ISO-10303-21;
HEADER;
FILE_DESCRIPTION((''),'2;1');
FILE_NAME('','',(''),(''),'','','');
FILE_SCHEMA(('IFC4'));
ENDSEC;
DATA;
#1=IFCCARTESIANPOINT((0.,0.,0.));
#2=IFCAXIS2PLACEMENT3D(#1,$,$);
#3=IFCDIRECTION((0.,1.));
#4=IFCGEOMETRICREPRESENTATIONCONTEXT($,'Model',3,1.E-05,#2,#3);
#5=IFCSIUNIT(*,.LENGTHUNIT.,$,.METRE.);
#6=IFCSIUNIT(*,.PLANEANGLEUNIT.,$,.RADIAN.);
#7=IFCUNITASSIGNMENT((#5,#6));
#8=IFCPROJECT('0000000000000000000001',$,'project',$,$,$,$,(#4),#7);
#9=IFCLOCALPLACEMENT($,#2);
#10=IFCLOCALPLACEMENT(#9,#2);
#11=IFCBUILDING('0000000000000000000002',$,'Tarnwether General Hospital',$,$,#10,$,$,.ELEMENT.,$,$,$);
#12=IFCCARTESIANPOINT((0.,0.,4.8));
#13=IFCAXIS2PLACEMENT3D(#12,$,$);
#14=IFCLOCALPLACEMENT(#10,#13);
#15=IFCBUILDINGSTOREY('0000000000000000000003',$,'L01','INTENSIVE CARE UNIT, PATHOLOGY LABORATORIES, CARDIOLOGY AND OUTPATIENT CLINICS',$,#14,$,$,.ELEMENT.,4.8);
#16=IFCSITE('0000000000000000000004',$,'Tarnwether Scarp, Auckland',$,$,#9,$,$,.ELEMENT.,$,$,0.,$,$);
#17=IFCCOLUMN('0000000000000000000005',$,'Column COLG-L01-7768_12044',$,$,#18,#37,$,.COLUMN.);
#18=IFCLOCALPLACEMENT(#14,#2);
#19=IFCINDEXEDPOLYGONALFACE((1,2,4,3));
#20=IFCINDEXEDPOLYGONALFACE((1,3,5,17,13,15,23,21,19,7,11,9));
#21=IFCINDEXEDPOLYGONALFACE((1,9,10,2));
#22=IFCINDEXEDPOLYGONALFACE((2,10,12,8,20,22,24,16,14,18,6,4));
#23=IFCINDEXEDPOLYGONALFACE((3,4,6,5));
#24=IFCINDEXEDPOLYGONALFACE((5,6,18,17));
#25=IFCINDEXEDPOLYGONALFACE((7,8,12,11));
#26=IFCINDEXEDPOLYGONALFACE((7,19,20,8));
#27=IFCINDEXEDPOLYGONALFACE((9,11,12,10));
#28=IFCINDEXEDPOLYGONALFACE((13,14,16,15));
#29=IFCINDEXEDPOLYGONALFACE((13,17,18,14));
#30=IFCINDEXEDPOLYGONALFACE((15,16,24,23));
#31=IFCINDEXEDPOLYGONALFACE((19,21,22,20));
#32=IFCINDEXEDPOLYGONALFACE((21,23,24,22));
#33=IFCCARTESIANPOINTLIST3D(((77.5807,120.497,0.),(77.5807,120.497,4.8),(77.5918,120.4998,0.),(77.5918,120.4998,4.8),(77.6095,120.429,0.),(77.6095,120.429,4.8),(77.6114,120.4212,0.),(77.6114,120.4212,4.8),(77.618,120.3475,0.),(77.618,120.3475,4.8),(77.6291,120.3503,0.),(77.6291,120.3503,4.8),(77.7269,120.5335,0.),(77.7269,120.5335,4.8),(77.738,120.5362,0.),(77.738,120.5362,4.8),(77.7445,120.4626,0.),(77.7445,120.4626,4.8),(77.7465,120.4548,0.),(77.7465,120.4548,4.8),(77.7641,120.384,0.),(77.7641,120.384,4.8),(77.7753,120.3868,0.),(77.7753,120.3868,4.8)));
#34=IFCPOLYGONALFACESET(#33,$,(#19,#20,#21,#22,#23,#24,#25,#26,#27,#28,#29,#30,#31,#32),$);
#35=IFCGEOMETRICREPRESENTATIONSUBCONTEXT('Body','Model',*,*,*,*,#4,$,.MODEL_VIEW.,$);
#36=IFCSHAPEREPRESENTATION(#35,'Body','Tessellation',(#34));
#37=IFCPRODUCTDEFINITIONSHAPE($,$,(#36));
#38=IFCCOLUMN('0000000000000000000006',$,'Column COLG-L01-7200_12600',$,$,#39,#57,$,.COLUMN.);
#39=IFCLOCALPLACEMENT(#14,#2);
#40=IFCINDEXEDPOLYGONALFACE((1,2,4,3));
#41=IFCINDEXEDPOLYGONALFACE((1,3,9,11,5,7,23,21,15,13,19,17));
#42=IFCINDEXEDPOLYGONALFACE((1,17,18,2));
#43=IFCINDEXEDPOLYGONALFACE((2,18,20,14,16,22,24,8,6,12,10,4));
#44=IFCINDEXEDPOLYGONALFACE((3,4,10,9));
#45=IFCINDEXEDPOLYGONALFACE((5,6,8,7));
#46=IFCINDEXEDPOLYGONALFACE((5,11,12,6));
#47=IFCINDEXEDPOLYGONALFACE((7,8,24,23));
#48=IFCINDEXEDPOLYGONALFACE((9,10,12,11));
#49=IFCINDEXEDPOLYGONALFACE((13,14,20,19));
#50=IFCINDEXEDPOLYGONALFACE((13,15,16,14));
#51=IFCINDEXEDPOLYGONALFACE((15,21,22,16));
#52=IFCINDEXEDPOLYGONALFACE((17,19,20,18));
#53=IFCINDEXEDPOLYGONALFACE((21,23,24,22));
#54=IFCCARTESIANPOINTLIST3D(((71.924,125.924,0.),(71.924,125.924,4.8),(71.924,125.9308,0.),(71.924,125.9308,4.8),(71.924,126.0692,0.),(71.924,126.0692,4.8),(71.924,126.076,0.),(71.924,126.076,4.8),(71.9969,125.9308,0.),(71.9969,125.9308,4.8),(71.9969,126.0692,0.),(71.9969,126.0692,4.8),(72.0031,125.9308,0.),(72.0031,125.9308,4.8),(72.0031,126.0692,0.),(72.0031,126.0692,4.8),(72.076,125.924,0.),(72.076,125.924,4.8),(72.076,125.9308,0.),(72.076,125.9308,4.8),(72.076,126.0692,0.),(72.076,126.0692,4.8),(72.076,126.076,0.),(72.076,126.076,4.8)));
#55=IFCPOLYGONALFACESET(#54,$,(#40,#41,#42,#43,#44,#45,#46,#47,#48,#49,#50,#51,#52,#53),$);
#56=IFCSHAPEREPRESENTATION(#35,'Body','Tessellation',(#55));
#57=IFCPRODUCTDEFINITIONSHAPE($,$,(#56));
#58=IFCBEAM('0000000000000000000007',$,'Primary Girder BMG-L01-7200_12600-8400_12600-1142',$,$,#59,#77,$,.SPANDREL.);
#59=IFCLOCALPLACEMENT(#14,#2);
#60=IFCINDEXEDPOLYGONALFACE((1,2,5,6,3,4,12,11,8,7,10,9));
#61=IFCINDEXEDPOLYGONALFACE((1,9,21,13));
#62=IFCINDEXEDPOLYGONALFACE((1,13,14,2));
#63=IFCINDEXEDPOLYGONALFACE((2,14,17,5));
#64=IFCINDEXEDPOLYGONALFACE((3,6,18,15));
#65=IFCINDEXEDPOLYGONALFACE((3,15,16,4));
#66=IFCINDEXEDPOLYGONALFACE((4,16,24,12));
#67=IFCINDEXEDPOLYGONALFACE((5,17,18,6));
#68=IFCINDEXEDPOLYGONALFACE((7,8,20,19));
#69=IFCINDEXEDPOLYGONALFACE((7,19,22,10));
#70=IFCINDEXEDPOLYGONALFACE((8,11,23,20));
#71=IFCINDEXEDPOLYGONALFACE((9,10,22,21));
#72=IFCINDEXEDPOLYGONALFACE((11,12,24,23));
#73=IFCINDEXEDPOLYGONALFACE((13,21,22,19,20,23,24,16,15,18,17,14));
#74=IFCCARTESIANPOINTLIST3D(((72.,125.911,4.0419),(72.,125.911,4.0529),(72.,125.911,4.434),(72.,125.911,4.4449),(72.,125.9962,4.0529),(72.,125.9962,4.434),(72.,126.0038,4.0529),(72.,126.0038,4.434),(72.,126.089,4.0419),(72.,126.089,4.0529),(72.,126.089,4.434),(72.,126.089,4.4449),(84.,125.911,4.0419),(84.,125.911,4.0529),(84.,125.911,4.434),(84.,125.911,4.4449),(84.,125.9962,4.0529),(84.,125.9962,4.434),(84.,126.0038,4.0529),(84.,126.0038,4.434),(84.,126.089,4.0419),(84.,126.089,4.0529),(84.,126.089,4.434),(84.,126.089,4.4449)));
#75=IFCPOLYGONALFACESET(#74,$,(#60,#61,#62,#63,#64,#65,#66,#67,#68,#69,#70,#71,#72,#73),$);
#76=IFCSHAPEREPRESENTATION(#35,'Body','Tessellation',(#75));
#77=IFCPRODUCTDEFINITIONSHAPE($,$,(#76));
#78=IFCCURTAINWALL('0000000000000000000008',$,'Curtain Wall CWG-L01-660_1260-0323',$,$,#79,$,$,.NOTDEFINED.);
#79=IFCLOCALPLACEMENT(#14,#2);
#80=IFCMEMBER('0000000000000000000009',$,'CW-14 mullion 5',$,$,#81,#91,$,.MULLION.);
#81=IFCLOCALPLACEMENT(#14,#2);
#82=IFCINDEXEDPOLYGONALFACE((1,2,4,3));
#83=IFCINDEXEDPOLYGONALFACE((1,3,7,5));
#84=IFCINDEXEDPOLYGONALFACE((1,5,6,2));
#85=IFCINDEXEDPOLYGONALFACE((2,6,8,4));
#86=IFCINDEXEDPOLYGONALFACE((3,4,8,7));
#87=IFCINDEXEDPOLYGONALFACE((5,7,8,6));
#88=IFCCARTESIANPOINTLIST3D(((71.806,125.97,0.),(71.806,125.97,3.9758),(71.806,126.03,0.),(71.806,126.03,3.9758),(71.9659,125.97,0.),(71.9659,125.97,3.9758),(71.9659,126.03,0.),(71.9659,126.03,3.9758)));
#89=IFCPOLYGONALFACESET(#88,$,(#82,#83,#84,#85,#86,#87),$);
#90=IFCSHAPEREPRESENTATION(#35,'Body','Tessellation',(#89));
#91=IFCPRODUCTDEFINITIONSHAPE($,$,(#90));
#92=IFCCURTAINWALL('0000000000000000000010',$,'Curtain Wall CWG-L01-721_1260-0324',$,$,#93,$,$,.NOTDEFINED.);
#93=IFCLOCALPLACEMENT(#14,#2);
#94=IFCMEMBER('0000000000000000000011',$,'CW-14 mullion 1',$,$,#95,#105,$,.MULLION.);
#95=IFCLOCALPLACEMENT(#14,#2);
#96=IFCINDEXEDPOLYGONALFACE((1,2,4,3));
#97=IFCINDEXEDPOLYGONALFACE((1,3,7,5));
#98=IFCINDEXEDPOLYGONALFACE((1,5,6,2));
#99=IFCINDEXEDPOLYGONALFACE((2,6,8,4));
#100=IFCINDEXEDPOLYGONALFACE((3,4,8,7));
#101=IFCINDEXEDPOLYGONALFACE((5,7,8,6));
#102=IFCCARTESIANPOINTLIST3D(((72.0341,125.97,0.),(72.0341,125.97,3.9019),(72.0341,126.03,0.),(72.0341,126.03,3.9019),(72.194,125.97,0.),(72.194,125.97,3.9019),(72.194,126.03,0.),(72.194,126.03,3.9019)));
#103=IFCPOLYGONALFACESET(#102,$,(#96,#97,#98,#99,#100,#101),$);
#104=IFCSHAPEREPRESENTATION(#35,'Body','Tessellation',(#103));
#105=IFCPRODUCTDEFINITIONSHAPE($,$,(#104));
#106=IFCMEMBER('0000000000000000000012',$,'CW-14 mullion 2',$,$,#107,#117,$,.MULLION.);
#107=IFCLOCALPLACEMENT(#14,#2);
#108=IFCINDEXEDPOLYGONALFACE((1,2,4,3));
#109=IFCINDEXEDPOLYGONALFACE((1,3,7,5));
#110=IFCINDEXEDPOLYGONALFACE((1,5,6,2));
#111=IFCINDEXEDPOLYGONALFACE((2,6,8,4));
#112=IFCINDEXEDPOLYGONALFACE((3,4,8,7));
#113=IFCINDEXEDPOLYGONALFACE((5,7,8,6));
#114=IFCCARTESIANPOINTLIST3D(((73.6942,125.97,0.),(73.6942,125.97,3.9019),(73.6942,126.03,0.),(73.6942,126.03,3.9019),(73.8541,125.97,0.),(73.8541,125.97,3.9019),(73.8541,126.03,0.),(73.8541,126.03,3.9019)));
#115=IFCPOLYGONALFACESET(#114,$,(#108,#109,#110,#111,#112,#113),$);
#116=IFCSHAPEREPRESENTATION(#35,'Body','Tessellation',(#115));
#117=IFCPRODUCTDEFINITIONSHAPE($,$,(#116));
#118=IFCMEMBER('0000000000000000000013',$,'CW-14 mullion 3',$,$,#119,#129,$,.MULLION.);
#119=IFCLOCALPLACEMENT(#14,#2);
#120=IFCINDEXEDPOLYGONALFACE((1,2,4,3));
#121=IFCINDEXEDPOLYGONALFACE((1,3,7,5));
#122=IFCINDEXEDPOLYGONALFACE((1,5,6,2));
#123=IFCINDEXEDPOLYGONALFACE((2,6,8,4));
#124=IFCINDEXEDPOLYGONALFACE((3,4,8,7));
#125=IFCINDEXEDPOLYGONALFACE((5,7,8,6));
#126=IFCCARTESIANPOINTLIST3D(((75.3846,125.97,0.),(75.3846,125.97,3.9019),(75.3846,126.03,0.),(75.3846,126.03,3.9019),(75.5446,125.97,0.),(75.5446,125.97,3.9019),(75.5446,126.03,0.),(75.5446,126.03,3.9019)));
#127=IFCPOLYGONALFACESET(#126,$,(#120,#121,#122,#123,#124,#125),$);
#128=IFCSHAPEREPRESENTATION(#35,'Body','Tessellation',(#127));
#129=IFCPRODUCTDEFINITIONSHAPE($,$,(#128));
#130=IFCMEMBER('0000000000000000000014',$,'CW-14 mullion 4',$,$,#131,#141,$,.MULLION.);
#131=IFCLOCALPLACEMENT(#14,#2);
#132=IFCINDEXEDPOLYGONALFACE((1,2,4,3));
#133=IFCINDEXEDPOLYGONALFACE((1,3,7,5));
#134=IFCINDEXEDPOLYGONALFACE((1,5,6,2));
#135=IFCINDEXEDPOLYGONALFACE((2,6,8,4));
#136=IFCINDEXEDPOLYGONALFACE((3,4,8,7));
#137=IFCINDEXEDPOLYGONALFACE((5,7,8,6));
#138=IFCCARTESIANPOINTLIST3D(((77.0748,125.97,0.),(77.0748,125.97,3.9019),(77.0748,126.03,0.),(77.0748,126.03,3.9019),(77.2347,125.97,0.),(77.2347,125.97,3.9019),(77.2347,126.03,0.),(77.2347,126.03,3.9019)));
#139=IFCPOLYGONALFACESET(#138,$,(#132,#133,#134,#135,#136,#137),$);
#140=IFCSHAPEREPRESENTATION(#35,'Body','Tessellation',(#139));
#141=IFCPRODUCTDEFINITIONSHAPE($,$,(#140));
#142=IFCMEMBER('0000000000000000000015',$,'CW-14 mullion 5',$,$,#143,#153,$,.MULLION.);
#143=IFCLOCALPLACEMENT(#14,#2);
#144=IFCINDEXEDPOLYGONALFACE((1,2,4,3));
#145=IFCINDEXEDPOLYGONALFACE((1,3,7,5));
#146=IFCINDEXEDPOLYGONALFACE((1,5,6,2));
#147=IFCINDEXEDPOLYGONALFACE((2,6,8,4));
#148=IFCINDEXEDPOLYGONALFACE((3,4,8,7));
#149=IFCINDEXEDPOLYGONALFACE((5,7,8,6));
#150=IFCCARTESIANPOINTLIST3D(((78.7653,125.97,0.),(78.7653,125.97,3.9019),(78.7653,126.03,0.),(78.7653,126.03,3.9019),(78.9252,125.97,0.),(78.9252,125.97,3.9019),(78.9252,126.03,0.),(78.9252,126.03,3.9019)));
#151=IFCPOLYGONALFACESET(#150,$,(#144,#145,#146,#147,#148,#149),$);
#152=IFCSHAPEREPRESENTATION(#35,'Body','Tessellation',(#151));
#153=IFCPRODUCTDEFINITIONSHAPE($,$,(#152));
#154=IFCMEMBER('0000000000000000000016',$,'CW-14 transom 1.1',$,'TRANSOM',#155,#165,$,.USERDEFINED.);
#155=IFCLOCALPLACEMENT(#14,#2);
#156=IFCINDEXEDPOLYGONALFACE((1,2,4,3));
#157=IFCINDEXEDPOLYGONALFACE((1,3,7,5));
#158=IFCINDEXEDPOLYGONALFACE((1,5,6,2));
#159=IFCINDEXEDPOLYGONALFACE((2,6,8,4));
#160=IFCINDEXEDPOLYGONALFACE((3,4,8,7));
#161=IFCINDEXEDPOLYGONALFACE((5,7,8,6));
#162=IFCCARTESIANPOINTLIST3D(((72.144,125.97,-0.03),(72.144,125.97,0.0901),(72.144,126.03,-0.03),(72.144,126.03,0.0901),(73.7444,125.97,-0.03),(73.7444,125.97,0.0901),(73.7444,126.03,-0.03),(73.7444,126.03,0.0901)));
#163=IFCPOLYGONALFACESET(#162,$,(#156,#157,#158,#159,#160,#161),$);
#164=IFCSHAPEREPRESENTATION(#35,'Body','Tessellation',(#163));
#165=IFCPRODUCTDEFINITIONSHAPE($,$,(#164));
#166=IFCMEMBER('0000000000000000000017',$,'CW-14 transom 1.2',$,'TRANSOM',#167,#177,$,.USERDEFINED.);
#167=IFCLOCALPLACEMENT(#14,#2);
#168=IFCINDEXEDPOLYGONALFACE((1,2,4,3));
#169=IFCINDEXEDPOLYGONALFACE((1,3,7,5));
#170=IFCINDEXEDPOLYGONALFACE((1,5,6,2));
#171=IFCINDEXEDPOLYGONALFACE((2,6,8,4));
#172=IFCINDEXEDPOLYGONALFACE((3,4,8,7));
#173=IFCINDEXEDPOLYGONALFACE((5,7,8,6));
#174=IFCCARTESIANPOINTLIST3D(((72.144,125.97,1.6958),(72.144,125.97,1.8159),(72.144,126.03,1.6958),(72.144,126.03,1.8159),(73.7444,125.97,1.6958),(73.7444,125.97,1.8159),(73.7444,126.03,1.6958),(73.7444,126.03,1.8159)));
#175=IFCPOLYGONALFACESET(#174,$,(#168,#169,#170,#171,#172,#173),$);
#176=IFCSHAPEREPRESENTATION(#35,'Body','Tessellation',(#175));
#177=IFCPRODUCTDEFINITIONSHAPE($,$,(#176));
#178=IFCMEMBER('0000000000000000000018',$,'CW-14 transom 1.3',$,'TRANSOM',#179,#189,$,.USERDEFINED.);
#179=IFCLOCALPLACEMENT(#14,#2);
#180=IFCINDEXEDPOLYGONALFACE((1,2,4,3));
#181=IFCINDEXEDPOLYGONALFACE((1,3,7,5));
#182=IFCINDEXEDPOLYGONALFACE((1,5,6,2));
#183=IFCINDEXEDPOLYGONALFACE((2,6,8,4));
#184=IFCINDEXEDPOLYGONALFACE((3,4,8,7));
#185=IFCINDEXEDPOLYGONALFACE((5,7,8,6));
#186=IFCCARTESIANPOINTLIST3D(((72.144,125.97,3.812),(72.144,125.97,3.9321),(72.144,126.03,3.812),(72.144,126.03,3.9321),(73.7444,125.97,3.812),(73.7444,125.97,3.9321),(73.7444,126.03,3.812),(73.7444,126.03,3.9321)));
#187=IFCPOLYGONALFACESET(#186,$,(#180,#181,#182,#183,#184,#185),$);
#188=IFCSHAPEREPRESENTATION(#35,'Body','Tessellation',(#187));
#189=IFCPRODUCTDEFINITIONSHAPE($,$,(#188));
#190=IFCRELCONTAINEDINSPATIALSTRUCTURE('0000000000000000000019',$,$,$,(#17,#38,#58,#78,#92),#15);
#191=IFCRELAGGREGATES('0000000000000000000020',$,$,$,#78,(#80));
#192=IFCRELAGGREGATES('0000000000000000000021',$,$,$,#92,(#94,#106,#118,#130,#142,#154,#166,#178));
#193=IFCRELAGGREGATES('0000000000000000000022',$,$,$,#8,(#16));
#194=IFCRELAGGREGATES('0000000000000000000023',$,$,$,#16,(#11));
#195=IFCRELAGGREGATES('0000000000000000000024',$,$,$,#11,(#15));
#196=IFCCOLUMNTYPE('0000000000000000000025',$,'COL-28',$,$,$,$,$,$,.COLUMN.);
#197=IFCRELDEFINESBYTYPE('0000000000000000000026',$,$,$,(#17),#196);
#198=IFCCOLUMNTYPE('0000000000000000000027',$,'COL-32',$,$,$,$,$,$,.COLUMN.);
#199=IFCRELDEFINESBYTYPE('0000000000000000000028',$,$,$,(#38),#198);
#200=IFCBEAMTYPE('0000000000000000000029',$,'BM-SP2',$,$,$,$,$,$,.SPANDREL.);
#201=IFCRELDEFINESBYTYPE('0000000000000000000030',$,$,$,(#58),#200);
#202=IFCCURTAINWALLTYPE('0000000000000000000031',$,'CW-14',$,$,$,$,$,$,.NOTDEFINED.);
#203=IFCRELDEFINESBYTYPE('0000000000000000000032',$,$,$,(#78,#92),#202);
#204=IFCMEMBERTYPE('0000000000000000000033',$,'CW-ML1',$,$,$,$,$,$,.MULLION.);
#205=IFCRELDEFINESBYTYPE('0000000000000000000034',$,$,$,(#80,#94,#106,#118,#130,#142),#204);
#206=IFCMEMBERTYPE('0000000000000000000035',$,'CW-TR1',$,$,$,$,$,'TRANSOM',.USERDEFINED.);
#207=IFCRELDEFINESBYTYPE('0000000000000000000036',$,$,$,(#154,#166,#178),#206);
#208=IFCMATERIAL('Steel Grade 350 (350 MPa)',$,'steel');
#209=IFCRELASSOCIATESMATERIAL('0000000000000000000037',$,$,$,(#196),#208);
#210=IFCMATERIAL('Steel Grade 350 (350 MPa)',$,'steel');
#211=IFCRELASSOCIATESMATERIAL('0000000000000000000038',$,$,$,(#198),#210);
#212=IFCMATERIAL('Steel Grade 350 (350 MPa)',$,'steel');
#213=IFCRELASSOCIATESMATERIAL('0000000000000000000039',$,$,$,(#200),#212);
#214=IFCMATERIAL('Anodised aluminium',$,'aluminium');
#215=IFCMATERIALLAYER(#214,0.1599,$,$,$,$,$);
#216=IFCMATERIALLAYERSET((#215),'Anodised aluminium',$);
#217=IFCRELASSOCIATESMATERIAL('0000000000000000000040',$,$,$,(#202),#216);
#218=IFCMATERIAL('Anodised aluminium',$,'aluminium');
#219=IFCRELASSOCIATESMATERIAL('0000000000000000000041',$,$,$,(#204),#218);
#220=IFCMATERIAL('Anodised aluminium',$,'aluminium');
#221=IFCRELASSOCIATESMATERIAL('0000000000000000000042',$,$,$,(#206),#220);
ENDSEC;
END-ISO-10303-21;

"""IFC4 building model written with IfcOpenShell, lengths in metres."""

from ifc_helpers import new_model, si_unit, direction, frame, origin, origin_2d, place, context, subcontext, project, spatial, rectangle, i_section, extrude, material, layer, layer_set, material_profile, profile_set, type_object, element, aggregate, save


model = new_model("IFC4")

# Units and contexts
model_context = context("Model", 3, precision=1e-05, world=origin(), true_north=direction((0.0, 1.0)))
body_context = subcontext(model_context, "Body", "Model", "MODEL_VIEW")
ifc_project = project(units=[si_unit("LENGTHUNIT", "METRE"), si_unit("PLANEANGLEUNIT", "RADIAN")], contexts=[model_context])

# Site, building, storey
site_placement = place(None, origin())
site = spatial("IfcSite", under=ifc_project, at=site_placement, Name="Tarnwether Scarp, Auckland", CompositionType="ELEMENT", RefElevation=0.0)
building_placement = place(site_placement, origin())
building = spatial("IfcBuilding", under=site, at=building_placement, Name="Tarnwether General Hospital", CompositionType="ELEMENT")
storey_placement = place(building_placement, frame((0.0, 0.0, 4.8)))
storey = spatial("IfcBuildingStorey", under=building, at=storey_placement, Name="L01", Description="INTENSIVE CARE UNIT, PATHOLOGY LABORATORIES, CARDIOLOGY AND OUTPATIENT CLINICS", CompositionType="ELEMENT", Elevation=4.8)

# Columns
ifc_material_1 = material(Name="Steel Grade 350 (350 MPa)", Category="steel")
ifc_material_profile_1 = material_profile(ifc_material_1, i_section(OverallWidth=0.1541, OverallDepth=0.1621, WebThickness=0.0081, FlangeThickness=0.0115, at=origin_2d()), Name="150UC37.2")
ifc_profile_set_1 = profile_set([ifc_material_profile_1], Name="Steel Grade 350 (350 MPa)")
column_type_1 = type_object("IfcColumnType", Name="COL-28", PredefinedType="COLUMN", material=ifc_profile_set_1)
column_1_placement = place(storey_placement, frame((77.678, 120.4419, 0.0), z_axis=(0.0, 0.0, 1.0), x_axis=(-0.241922, 0.970296, 0.0)))
element("IfcColumn", 1, at=column_1_placement, inside=storey, type_object=column_type_1, Name="Column COLG-L01-7768_12044", PredefinedType="COLUMN", context=body_context, shape_type="SweptSolid", body=[
    extrude(i_section(OverallWidth=0.1541, OverallDepth=0.1621, WebThickness=0.0081, FlangeThickness=0.0115, at=origin_2d()), origin(), (0.0, 0.0, 1.0), 4.8),
])
ifc_material_2 = material(Name="Steel Grade 350 (350 MPa)", Category="steel")
ifc_material_profile_2 = material_profile(ifc_material_2, i_section(OverallWidth=0.1521, OverallDepth=0.1521, WebThickness=0.0061, FlangeThickness=0.0068, at=origin_2d()), Name="150UC23.4")
ifc_profile_set_2 = profile_set([ifc_material_profile_2], Name="Steel Grade 350 (350 MPa)")
column_type_2 = type_object("IfcColumnType", Name="COL-32", PredefinedType="COLUMN", material=ifc_profile_set_2)
column_2_placement = place(storey_placement, frame((72.0, 126.0, 0.0), z_axis=(0.0, 0.0, 1.0), x_axis=(1.0, 0.0, 0.0)))
element("IfcColumn", 2, at=column_2_placement, inside=storey, type_object=column_type_2, Name="Column COLG-L01-7200_12600", PredefinedType="COLUMN", context=body_context, shape_type="SweptSolid", body=[
    extrude(i_section(OverallWidth=0.1521, OverallDepth=0.1521, WebThickness=0.0061, FlangeThickness=0.0068, at=origin_2d()), origin(), (0.0, 0.0, 1.0), 4.8),
])

# Beam
ifc_material_3 = material(Name="Steel Grade 350 (350 MPa)", Category="steel")
ifc_material_profile_3 = material_profile(ifc_material_3, i_section(OverallWidth=0.178, OverallDepth=0.4031, WebThickness=0.0076, FlangeThickness=0.011, at=origin_2d()), Name="410UB53.7")
ifc_profile_set_3 = profile_set([ifc_material_profile_3], Name="Steel Grade 350 (350 MPa)")
beam_type = type_object("IfcBeamType", Name="BM-SP2", PredefinedType="SPANDREL", material=ifc_profile_set_3)
beam_placement = place(storey_placement, frame((72.0, 126.0, 4.2434), z_axis=(1.0, 0.0, 0.0), x_axis=(0.0, 1.0, 0.0)))
element("IfcBeam", 3, at=beam_placement, inside=storey, type_object=beam_type, Name="Primary Girder BMG-L01-7200_12600-8400_12600-1142", PredefinedType="SPANDREL", context=body_context, shape_type="SweptSolid", body=[
    extrude(i_section(OverallWidth=0.178, OverallDepth=0.4031, WebThickness=0.0076, FlangeThickness=0.011, at=origin_2d()), origin(), (0.0, 0.0, 1.0), 12.0),
])

# Curtain wall, member
ifc_material_4 = material(Name="Anodised aluminium", Category="aluminium")
ifc_layer_1 = layer(ifc_material_4, 0.1599)
ifc_layer_set_1 = layer_set([ifc_layer_1], Name="Anodised aluminium")
curtain_wall_type = type_object("IfcCurtainWallType", Name="CW-14", PredefinedType="NOTDEFINED", material=ifc_layer_set_1)
curtain_wall_1_placement = place(storey_placement, origin())
curtain_wall_1 = element("IfcCurtainWall", 4, at=curtain_wall_1_placement, inside=storey, type_object=curtain_wall_type, Name="Curtain Wall CWG-L01-660_1260-0323", PredefinedType="NOTDEFINED")
ifc_material_5 = material(Name="Anodised aluminium", Category="aluminium")
ifc_material_profile_4 = material_profile(ifc_material_5, rectangle(XDim=0.0601, YDim=0.1599, at=origin_2d()), Name="ALU-MUL-60x160")
ifc_profile_set_4 = profile_set([ifc_material_profile_4], Name="Anodised aluminium")
member_type_1 = type_object("IfcMemberType", Name="CW-ML1", PredefinedType="MULLION", material=ifc_profile_set_4)
member_1_placement = place(storey_placement, frame((71.886, 126.0, 0.0), z_axis=(0.0, 0.0, 1.0), x_axis=(0.0, 1.0, 0.0)))
member_1 = element("IfcMember", 5, at=member_1_placement, type_object=member_type_1, Name="CW-14 mullion 5", PredefinedType="MULLION", context=body_context, shape_type="SweptSolid", body=[
    extrude(rectangle(XDim=0.0601, YDim=0.1599, at=origin_2d()), origin(), (0.0, 0.0, 1.0), 3.9758),
])

# Curtain wall, members
curtain_wall_2_placement = place(storey_placement, origin())
curtain_wall_2 = element("IfcCurtainWall", 6, at=curtain_wall_2_placement, inside=storey, type_object=curtain_wall_type, Name="Curtain Wall CWG-L01-721_1260-0324", PredefinedType="NOTDEFINED")
member_2_placement = place(storey_placement, frame((72.114, 126.0, 0.0), z_axis=(0.0, 0.0, 1.0), x_axis=(0.0, 1.0, 0.0)))
member_2 = element("IfcMember", 7, at=member_2_placement, type_object=member_type_1, Name="CW-14 mullion 1", PredefinedType="MULLION", context=body_context, shape_type="SweptSolid", body=[
    extrude(rectangle(XDim=0.0601, YDim=0.1599, at=origin_2d()), origin(), (0.0, 0.0, 1.0), 3.9019),
])
member_3_placement = place(storey_placement, frame((73.7742, 126.0, 0.0), z_axis=(0.0, 0.0, 1.0), x_axis=(0.0, 1.0, 0.0)))
member_3 = element("IfcMember", 8, at=member_3_placement, type_object=member_type_1, Name="CW-14 mullion 2", PredefinedType="MULLION", context=body_context, shape_type="SweptSolid", body=[
    extrude(rectangle(XDim=0.0601, YDim=0.1599, at=origin_2d()), origin(), (0.0, 0.0, 1.0), 3.9019),
])
member_4_placement = place(storey_placement, frame((75.4646, 126.0, 0.0), z_axis=(0.0, 0.0, 1.0), x_axis=(0.0, 1.0, 0.0)))
member_4 = element("IfcMember", 9, at=member_4_placement, type_object=member_type_1, Name="CW-14 mullion 3", PredefinedType="MULLION", context=body_context, shape_type="SweptSolid", body=[
    extrude(rectangle(XDim=0.0601, YDim=0.1599, at=origin_2d()), origin(), (0.0, 0.0, 1.0), 3.9019),
])
member_5_placement = place(storey_placement, frame((77.1548, 126.0, 0.0), z_axis=(0.0, 0.0, 1.0), x_axis=(0.0, 1.0, 0.0)))
member_5 = element("IfcMember", 10, at=member_5_placement, type_object=member_type_1, Name="CW-14 mullion 4", PredefinedType="MULLION", context=body_context, shape_type="SweptSolid", body=[
    extrude(rectangle(XDim=0.0601, YDim=0.1599, at=origin_2d()), origin(), (0.0, 0.0, 1.0), 3.9019),
])
member_6_placement = place(storey_placement, frame((78.8452, 126.0, 0.0), z_axis=(0.0, 0.0, 1.0), x_axis=(0.0, 1.0, 0.0)))
member_6 = element("IfcMember", 11, at=member_6_placement, type_object=member_type_1, Name="CW-14 mullion 5", PredefinedType="MULLION", context=body_context, shape_type="SweptSolid", body=[
    extrude(rectangle(XDim=0.0601, YDim=0.1599, at=origin_2d()), origin(), (0.0, 0.0, 1.0), 3.9019),
])
ifc_material_6 = material(Name="Anodised aluminium", Category="aluminium")
ifc_material_profile_5 = material_profile(ifc_material_6, rectangle(XDim=0.0601, YDim=0.1201, at=origin_2d()), Name="ALU-TRN-60x120")
ifc_profile_set_5 = profile_set([ifc_material_profile_5], Name="Anodised aluminium")
member_type_2 = type_object("IfcMemberType", Name="CW-TR1", ElementType="TRANSOM", PredefinedType="USERDEFINED", material=ifc_profile_set_5)
member_7_placement = place(storey_placement, frame((72.144, 126.0, 0.03), z_axis=(1.0, 0.0, 0.0), x_axis=(0.0, 1.0, 0.0)))
member_7 = element("IfcMember", 12, at=member_7_placement, type_object=member_type_2, Name="CW-14 transom 1.1", ObjectType="TRANSOM", PredefinedType="USERDEFINED", context=body_context, shape_type="SweptSolid", body=[
    extrude(rectangle(XDim=0.0601, YDim=0.1201, at=origin_2d()), origin(), (0.0, 0.0, 1.0), 1.6003),
])
member_8_placement = place(storey_placement, frame((72.144, 126.0, 1.7559), z_axis=(1.0, 0.0, 0.0), x_axis=(0.0, 1.0, 0.0)))
member_8 = element("IfcMember", 13, at=member_8_placement, type_object=member_type_2, Name="CW-14 transom 1.2", ObjectType="TRANSOM", PredefinedType="USERDEFINED", context=body_context, shape_type="SweptSolid", body=[
    extrude(rectangle(XDim=0.0601, YDim=0.1201, at=origin_2d()), origin(), (0.0, 0.0, 1.0), 1.6003),
])
member_9_placement = place(storey_placement, frame((72.144, 126.0, 3.8721), z_axis=(1.0, 0.0, 0.0), x_axis=(0.0, 1.0, 0.0)))
member_9 = element("IfcMember", 14, at=member_9_placement, type_object=member_type_2, Name="CW-14 transom 1.3", ObjectType="TRANSOM", PredefinedType="USERDEFINED", context=body_context, shape_type="SweptSolid", body=[
    extrude(rectangle(XDim=0.0601, YDim=0.1201, at=origin_2d()), origin(), (0.0, 0.0, 1.0), 1.6003),
])

aggregate(curtain_wall_1, [member_1])
aggregate(curtain_wall_2, [member_2, member_3, member_4, member_5, member_6, member_7, member_8, member_9])

save(model, "model.ifc")
